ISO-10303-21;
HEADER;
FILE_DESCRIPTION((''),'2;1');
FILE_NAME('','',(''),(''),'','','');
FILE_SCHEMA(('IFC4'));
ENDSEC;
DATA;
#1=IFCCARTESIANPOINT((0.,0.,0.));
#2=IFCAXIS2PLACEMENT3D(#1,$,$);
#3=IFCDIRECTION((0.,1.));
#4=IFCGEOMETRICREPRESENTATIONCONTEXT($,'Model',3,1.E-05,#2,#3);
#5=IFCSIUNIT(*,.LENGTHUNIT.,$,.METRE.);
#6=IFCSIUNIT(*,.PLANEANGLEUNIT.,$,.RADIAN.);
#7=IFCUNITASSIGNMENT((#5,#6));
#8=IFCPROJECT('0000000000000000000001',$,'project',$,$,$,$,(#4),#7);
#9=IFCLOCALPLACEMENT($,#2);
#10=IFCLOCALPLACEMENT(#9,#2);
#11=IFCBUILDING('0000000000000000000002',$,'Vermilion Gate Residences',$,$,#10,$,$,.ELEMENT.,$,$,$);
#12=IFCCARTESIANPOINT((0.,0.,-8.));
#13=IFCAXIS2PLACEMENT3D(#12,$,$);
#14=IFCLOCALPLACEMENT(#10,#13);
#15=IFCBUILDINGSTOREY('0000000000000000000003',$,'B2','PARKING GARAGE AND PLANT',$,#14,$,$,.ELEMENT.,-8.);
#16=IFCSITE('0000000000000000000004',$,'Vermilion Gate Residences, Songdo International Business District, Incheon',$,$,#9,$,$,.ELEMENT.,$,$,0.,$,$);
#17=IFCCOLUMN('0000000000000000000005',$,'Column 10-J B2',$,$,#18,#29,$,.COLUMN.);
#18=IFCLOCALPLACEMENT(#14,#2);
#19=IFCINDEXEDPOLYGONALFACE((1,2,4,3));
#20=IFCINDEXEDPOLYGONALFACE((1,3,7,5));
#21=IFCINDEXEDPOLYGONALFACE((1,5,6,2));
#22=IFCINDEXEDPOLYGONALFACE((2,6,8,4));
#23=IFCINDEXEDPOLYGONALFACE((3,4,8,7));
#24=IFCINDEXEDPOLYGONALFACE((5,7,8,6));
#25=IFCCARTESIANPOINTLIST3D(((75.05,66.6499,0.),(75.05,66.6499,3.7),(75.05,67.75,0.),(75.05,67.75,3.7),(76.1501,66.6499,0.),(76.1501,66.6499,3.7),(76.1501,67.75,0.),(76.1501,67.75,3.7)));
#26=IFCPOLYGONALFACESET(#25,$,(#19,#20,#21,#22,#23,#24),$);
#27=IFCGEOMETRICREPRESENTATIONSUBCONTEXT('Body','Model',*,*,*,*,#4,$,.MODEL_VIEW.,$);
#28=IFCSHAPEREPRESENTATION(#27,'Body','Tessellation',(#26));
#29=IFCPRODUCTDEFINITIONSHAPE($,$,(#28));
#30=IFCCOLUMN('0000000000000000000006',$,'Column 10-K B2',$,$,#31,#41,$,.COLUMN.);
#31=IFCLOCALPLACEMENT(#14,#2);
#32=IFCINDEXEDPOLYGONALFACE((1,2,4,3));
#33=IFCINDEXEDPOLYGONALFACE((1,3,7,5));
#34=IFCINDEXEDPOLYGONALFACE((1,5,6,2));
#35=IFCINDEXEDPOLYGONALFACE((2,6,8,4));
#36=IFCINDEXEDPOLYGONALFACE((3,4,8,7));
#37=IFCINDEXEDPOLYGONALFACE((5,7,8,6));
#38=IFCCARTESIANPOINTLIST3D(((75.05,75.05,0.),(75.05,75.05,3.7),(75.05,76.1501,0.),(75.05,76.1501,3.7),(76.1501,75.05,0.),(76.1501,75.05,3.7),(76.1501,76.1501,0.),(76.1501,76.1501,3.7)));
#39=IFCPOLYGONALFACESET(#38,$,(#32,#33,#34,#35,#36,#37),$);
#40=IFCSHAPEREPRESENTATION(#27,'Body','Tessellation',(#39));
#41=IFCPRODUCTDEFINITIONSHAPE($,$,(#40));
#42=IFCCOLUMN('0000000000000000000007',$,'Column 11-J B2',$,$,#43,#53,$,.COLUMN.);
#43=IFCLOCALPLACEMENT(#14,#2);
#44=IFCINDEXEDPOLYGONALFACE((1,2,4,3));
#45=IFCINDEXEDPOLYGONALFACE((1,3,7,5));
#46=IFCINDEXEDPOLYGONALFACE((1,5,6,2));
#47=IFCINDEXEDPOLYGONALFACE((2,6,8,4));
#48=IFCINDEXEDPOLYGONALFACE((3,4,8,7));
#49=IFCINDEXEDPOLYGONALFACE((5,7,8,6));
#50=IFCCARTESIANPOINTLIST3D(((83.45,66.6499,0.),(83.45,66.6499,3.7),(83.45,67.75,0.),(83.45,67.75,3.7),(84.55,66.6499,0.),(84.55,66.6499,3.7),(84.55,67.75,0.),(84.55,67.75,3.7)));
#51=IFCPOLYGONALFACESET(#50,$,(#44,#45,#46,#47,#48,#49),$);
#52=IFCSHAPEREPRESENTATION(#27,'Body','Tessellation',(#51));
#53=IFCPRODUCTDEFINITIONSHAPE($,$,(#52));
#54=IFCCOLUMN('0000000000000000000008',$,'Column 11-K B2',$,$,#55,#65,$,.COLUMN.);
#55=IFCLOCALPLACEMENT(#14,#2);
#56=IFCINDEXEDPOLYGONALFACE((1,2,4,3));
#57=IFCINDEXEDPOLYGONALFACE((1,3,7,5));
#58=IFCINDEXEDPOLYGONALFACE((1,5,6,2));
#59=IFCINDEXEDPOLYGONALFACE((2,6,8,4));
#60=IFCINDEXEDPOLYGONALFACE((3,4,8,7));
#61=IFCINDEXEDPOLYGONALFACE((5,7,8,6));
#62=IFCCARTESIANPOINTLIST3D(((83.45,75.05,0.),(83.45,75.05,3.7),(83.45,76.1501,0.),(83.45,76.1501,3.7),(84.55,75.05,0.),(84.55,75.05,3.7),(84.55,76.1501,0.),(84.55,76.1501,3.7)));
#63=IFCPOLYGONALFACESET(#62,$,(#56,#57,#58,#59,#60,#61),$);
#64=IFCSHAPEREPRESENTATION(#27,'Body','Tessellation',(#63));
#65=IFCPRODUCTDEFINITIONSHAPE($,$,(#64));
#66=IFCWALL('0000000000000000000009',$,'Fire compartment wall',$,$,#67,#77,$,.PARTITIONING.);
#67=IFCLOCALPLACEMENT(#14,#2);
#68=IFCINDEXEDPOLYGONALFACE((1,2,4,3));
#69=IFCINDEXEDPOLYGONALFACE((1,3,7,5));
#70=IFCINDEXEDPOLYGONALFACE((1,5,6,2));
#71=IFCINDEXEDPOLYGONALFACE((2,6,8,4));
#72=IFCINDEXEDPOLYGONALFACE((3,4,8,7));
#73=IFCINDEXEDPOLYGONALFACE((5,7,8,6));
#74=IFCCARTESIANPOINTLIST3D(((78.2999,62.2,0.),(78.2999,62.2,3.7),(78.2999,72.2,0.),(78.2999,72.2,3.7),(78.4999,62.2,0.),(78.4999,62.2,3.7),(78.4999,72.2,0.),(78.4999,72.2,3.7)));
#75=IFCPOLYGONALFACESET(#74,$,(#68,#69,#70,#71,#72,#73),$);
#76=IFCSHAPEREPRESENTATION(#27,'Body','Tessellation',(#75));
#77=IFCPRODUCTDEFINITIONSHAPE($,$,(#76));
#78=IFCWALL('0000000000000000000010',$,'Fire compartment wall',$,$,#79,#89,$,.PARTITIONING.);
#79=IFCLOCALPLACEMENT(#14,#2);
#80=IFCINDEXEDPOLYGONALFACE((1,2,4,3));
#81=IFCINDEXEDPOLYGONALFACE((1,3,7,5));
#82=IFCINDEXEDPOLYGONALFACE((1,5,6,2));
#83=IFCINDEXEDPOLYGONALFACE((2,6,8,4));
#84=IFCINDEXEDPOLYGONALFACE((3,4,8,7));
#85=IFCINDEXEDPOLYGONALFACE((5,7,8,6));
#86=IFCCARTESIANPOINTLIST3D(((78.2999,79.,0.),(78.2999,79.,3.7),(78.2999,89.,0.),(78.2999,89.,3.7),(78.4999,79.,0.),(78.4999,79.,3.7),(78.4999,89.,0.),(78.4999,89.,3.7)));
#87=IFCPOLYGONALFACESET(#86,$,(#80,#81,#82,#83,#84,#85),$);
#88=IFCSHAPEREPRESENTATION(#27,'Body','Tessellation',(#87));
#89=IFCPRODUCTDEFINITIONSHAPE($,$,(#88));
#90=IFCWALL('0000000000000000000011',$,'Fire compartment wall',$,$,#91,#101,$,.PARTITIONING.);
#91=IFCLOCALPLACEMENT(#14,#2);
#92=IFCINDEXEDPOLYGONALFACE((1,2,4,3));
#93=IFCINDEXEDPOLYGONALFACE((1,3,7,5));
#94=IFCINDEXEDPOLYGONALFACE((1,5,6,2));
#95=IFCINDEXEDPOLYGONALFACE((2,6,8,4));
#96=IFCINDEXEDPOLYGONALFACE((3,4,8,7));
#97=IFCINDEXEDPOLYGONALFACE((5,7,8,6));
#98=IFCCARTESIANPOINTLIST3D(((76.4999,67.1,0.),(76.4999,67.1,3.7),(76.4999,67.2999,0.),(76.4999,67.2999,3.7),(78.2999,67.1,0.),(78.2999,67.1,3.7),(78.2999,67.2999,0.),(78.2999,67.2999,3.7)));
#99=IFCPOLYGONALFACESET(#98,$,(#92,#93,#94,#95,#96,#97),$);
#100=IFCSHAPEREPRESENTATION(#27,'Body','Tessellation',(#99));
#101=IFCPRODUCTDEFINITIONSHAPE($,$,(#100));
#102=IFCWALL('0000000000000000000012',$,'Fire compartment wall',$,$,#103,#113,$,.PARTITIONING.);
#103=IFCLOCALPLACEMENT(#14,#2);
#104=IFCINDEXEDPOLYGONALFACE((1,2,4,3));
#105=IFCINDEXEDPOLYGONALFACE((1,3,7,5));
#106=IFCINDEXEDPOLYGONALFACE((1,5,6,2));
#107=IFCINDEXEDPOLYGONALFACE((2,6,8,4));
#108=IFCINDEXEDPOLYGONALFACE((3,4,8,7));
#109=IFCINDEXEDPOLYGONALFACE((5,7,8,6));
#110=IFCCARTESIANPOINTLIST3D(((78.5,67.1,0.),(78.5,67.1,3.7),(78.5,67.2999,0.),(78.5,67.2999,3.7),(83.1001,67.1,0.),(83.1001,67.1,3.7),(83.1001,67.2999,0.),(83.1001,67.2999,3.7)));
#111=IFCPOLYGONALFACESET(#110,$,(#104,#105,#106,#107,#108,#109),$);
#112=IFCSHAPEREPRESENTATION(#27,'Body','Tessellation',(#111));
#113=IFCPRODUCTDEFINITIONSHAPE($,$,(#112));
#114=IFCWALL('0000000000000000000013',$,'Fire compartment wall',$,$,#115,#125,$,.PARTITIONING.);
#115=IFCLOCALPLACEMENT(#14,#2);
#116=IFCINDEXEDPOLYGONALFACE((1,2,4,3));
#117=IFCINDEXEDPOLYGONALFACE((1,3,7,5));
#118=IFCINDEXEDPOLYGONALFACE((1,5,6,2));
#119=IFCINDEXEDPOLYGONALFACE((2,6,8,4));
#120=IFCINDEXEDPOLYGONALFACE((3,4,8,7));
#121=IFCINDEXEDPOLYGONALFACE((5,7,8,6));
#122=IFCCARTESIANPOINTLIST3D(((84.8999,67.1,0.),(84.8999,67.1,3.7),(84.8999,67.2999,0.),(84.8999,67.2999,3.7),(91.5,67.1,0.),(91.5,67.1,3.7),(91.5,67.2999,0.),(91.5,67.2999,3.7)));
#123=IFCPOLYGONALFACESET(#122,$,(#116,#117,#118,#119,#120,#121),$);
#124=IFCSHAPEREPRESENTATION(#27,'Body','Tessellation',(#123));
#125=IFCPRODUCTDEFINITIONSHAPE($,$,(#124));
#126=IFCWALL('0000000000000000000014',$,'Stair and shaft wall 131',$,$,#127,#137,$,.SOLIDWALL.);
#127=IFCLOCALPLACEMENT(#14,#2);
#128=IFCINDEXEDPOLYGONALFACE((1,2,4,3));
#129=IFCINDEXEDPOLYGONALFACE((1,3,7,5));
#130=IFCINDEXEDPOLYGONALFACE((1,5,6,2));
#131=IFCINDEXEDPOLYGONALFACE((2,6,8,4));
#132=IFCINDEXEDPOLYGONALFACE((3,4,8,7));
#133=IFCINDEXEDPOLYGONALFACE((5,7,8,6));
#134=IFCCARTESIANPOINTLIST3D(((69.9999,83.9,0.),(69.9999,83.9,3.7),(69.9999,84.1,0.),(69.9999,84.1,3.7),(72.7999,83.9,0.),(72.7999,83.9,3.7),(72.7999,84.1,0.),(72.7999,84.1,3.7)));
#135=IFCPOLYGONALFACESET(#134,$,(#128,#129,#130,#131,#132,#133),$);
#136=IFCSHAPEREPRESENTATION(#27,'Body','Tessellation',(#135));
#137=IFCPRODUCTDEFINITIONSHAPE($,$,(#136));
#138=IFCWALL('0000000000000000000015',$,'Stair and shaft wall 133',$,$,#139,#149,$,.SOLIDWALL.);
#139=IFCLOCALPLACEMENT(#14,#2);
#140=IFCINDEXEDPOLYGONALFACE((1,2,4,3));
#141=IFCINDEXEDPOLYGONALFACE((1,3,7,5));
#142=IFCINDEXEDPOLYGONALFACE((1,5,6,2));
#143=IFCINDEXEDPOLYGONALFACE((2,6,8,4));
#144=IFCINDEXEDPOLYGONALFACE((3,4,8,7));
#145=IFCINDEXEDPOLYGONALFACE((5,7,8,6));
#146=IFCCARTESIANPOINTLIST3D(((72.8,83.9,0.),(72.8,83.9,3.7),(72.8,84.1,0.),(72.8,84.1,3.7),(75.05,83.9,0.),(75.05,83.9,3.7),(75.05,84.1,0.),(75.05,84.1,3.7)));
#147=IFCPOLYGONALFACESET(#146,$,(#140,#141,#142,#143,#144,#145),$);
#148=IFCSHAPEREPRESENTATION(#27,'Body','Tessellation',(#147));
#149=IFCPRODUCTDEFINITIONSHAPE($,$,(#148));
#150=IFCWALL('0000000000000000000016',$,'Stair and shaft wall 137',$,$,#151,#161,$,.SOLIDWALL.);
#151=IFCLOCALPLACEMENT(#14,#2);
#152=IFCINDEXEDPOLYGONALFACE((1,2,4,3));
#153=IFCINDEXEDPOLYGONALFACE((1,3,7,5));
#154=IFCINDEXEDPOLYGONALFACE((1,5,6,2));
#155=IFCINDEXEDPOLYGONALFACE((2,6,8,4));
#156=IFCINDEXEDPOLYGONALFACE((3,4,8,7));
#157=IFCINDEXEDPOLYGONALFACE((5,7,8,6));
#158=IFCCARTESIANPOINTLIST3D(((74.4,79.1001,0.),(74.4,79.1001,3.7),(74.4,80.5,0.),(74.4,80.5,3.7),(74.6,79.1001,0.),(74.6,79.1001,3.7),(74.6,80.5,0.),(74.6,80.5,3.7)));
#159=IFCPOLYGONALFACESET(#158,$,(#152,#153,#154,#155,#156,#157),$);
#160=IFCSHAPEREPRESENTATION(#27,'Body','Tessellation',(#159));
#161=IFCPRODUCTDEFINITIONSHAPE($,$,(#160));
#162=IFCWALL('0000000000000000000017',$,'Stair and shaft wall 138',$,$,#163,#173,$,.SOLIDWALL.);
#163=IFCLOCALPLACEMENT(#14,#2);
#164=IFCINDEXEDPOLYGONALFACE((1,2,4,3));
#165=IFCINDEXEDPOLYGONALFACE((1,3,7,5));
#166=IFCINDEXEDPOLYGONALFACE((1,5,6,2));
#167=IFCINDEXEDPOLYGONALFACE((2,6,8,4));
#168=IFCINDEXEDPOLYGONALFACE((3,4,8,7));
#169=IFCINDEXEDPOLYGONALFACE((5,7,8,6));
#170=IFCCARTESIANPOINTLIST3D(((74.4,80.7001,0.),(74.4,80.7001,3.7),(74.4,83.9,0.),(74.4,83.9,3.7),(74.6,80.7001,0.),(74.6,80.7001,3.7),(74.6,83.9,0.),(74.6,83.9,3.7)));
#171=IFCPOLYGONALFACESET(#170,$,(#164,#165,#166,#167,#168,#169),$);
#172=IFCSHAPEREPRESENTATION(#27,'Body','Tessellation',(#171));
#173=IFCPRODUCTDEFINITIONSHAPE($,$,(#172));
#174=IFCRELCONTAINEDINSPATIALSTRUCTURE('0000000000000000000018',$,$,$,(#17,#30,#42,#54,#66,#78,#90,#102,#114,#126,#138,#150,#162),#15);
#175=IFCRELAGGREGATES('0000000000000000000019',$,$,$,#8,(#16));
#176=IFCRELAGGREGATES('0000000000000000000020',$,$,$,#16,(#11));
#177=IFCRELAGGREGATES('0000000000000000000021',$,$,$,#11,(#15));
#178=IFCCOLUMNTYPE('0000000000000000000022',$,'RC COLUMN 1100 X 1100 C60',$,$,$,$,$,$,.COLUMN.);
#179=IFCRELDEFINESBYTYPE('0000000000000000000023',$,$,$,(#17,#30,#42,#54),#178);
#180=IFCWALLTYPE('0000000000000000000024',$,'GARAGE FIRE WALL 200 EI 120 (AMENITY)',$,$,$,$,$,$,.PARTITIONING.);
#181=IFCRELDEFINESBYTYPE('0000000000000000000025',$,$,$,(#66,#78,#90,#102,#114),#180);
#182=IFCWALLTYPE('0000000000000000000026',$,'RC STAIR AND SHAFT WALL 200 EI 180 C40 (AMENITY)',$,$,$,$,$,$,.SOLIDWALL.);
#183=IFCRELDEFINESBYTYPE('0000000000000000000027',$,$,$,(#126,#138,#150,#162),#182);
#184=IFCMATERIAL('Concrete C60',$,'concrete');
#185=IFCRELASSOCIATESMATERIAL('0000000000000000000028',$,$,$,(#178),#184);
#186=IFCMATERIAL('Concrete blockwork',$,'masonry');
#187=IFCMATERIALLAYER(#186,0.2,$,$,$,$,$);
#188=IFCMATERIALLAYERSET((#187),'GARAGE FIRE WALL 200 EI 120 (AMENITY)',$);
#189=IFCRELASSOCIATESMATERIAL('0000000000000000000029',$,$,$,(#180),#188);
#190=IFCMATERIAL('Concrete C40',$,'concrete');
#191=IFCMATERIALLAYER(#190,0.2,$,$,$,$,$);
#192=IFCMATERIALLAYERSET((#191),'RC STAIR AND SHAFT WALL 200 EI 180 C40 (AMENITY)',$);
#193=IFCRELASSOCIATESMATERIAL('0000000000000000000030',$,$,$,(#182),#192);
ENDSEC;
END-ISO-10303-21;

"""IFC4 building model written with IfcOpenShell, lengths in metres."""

from ifc_helpers import new_model, si_unit, direction, frame, frame_2d, origin, origin_2d, place, context, subcontext, project, spatial, rectangle, extrude, material, layer, layer_set, material_profile, profile_set, type_object, element, save


model = new_model("IFC4")

# Units and contexts
model_context = context("Model", 3, precision=1e-05, world=origin(), true_north=direction((0.0, 1.0)))
body_context = subcontext(model_context, "Body", "Model", "MODEL_VIEW")
ifc_project = project(units=[si_unit("LENGTHUNIT", "METRE"), si_unit("PLANEANGLEUNIT", "RADIAN")], contexts=[model_context])

# Site, building, storey
site_placement = place(None, origin())
site = spatial("IfcSite", under=ifc_project, at=site_placement, Name="Vermilion Gate Residences, Songdo International Business District, Incheon", CompositionType="ELEMENT", RefElevation=0.0)
building_placement = place(site_placement, origin())
building = spatial("IfcBuilding", under=site, at=building_placement, Name="Vermilion Gate Residences", CompositionType="ELEMENT")
storey_placement = place(building_placement, frame((0.0, 0.0, -8.0)))
storey = spatial("IfcBuildingStorey", under=building, at=storey_placement, Name="B2", Description="PARKING GARAGE AND PLANT", CompositionType="ELEMENT", Elevation=-8.0)

# Columns
ifc_material_1 = material(Name="Concrete C60", Category="concrete")
ifc_material_profile_1 = material_profile(ifc_material_1, rectangle(XDim=1.1001, YDim=1.1001, at=origin_2d()), Name="RC-1100x1100")
ifc_profile_set_1 = profile_set([ifc_material_profile_1], Name="Concrete C60")
column_type = type_object("IfcColumnType", Name="RC COLUMN 1100 X 1100 C60", PredefinedType="COLUMN", material=ifc_profile_set_1)
for number, where, z_axis, x_axis, name in (
    (1, (75.6001, 67.2, 0.0), (0.0, 0.0, 1.0), (1.0, 0.0, 0.0), "Column 10-J B2"),
    (2, (75.6001, 75.6001, 0.0), (0.0, 0.0, 1.0), (1.0, 0.0, 0.0), "Column 10-K B2"),
    (3, (84.0, 67.2, 0.0), (0.0, 0.0, 1.0), (1.0, 0.0, 0.0), "Column 11-J B2"),
    (4, (84.0, 75.6001, 0.0), (0.0, 0.0, 1.0), (1.0, 0.0, 0.0), "Column 11-K B2"),
):
    element("IfcColumn", number, at=place(storey_placement, frame(where, z_axis=z_axis, x_axis=x_axis)), inside=storey, type_object=column_type, Name=name, PredefinedType="COLUMN", context=body_context, shape_type="SweptSolid", body=[
        extrude(rectangle(XDim=1.1001, YDim=1.1001, at=origin_2d()), origin(), (0.0, 0.0, 1.0), 3.7),
    ])

# Wall
ifc_material_2 = material(Name="Concrete blockwork", Category="masonry")
ifc_layer_1 = layer(ifc_material_2, 0.2)
ifc_layer_set_1 = layer_set([ifc_layer_1], Name="GARAGE FIRE WALL 200 EI 120 (AMENITY)")
wall_type_1 = type_object("IfcWallType", Name="GARAGE FIRE WALL 200 EI 120 (AMENITY)", PredefinedType="PARTITIONING", material=ifc_layer_set_1)
wall_1_placement = place(storey_placement, frame((78.3999, 62.2, 0.0), z_axis=(0.0, 0.0, 1.0), x_axis=(0.0, 1.0, 0.0)))
element("IfcWall", 5, at=wall_1_placement, inside=storey, type_object=wall_type_1, Name="Fire compartment wall", PredefinedType="PARTITIONING", context=body_context, shape_type="SweptSolid", body=[
    extrude(rectangle(XDim=10.0, YDim=0.2, at=frame_2d((5.0, 0.0))), origin(), (0.0, 0.0, 1.0), 3.7),
])

# Walls
wall_2_placement = place(storey_placement, frame((78.3999, 79.0, 0.0), z_axis=(0.0, 0.0, 1.0), x_axis=(0.0, 1.0, 0.0)))
element("IfcWall", 6, at=wall_2_placement, inside=storey, type_object=wall_type_1, Name="Fire compartment wall", PredefinedType="PARTITIONING", context=body_context, shape_type="SweptSolid", body=[
    extrude(rectangle(XDim=10.0, YDim=0.2, at=frame_2d((5.0, 0.0))), origin(), (0.0, 0.0, 1.0), 3.7),
])
wall_3_placement = place(storey_placement, frame((76.5, 67.2, 0.0), z_axis=(0.0, 0.0, 1.0), x_axis=(1.0, 0.0, 0.0)))
element("IfcWall", 7, at=wall_3_placement, inside=storey, type_object=wall_type_1, Name="Fire compartment wall", PredefinedType="PARTITIONING", context=body_context, shape_type="SweptSolid", body=[
    extrude(rectangle(XDim=1.8, YDim=0.2, at=frame_2d((0.8999, 0.0))), origin(), (0.0, 0.0, 1.0), 3.7),
])
wall_4_placement = place(storey_placement, frame((78.5, 67.2, 0.0), z_axis=(0.0, 0.0, 1.0), x_axis=(1.0, 0.0, 0.0)))
element("IfcWall", 8, at=wall_4_placement, inside=storey, type_object=wall_type_1, Name="Fire compartment wall", PredefinedType="PARTITIONING", context=body_context, shape_type="SweptSolid", body=[
    extrude(rectangle(XDim=4.6001, YDim=0.2, at=frame_2d((2.3, 0.0))), origin(), (0.0, 0.0, 1.0), 3.7),
])
wall_5_placement = place(storey_placement, frame((84.8999, 67.2, 0.0), z_axis=(0.0, 0.0, 1.0), x_axis=(1.0, 0.0, 0.0)))
element("IfcWall", 9, at=wall_5_placement, inside=storey, type_object=wall_type_1, Name="Fire compartment wall", PredefinedType="PARTITIONING", context=body_context, shape_type="SweptSolid", body=[
    extrude(rectangle(XDim=6.6001, YDim=0.2, at=frame_2d((3.3, 0.0))), origin(), (0.0, 0.0, 1.0), 3.7),
])
ifc_material_3 = material(Name="Concrete C40", Category="concrete")
ifc_layer_2 = layer(ifc_material_3, 0.2)
ifc_layer_set_2 = layer_set([ifc_layer_2], Name="RC STAIR AND SHAFT WALL 200 EI 180 C40 (AMENITY)")
wall_type_2 = type_object("IfcWallType", Name="RC STAIR AND SHAFT WALL 200 EI 180 C40 (AMENITY)", PredefinedType="SOLIDWALL", material=ifc_layer_set_2)
wall_6_placement = place(storey_placement, frame((70.0, 84.0, 0.0), z_axis=(0.0, 0.0, 1.0), x_axis=(1.0, 0.0, 0.0)))
element("IfcWall", 10, at=wall_6_placement, inside=storey, type_object=wall_type_2, Name="Stair and shaft wall 131", PredefinedType="SOLIDWALL", context=body_context, shape_type="SweptSolid", body=[
    extrude(rectangle(XDim=2.8, YDim=0.2, at=frame_2d((1.3999, 0.0))), origin(), (0.0, 0.0, 1.0), 3.7),
])
wall_7_placement = place(storey_placement, frame((72.8, 84.0, 0.0), z_axis=(0.0, 0.0, 1.0), x_axis=(1.0, 0.0, 0.0)))
element("IfcWall", 11, at=wall_7_placement, inside=storey, type_object=wall_type_2, Name="Stair and shaft wall 133", PredefinedType="SOLIDWALL", context=body_context, shape_type="SweptSolid", body=[
    extrude(rectangle(XDim=2.25, YDim=0.2, at=frame_2d((1.125, 0.0))), origin(), (0.0, 0.0, 1.0), 3.7),
])
wall_8_placement = place(storey_placement, frame((74.5, 79.1001, 0.0), z_axis=(0.0, 0.0, 1.0), x_axis=(0.0, 1.0, 0.0)))
element("IfcWall", 12, at=wall_8_placement, inside=storey, type_object=wall_type_2, Name="Stair and shaft wall 137", PredefinedType="SOLIDWALL", context=body_context, shape_type="SweptSolid", body=[
    extrude(rectangle(XDim=1.3999, YDim=0.2, at=frame_2d((0.7, 0.0))), origin(), (0.0, 0.0, 1.0), 3.7),
])
wall_9_placement = place(storey_placement, frame((74.5, 80.7, 0.0), z_axis=(0.0, 0.0, 1.0), x_axis=(0.0, 1.0, 0.0)))
element("IfcWall", 13, at=wall_9_placement, inside=storey, type_object=wall_type_2, Name="Stair and shaft wall 138", PredefinedType="SOLIDWALL", context=body_context, shape_type="SweptSolid", body=[
    extrude(rectangle(XDim=3.2, YDim=0.2, at=frame_2d((1.6001, 0.0))), origin(), (0.0, 0.0, 1.0), 3.7),
])

save(model, "model.ifc")
